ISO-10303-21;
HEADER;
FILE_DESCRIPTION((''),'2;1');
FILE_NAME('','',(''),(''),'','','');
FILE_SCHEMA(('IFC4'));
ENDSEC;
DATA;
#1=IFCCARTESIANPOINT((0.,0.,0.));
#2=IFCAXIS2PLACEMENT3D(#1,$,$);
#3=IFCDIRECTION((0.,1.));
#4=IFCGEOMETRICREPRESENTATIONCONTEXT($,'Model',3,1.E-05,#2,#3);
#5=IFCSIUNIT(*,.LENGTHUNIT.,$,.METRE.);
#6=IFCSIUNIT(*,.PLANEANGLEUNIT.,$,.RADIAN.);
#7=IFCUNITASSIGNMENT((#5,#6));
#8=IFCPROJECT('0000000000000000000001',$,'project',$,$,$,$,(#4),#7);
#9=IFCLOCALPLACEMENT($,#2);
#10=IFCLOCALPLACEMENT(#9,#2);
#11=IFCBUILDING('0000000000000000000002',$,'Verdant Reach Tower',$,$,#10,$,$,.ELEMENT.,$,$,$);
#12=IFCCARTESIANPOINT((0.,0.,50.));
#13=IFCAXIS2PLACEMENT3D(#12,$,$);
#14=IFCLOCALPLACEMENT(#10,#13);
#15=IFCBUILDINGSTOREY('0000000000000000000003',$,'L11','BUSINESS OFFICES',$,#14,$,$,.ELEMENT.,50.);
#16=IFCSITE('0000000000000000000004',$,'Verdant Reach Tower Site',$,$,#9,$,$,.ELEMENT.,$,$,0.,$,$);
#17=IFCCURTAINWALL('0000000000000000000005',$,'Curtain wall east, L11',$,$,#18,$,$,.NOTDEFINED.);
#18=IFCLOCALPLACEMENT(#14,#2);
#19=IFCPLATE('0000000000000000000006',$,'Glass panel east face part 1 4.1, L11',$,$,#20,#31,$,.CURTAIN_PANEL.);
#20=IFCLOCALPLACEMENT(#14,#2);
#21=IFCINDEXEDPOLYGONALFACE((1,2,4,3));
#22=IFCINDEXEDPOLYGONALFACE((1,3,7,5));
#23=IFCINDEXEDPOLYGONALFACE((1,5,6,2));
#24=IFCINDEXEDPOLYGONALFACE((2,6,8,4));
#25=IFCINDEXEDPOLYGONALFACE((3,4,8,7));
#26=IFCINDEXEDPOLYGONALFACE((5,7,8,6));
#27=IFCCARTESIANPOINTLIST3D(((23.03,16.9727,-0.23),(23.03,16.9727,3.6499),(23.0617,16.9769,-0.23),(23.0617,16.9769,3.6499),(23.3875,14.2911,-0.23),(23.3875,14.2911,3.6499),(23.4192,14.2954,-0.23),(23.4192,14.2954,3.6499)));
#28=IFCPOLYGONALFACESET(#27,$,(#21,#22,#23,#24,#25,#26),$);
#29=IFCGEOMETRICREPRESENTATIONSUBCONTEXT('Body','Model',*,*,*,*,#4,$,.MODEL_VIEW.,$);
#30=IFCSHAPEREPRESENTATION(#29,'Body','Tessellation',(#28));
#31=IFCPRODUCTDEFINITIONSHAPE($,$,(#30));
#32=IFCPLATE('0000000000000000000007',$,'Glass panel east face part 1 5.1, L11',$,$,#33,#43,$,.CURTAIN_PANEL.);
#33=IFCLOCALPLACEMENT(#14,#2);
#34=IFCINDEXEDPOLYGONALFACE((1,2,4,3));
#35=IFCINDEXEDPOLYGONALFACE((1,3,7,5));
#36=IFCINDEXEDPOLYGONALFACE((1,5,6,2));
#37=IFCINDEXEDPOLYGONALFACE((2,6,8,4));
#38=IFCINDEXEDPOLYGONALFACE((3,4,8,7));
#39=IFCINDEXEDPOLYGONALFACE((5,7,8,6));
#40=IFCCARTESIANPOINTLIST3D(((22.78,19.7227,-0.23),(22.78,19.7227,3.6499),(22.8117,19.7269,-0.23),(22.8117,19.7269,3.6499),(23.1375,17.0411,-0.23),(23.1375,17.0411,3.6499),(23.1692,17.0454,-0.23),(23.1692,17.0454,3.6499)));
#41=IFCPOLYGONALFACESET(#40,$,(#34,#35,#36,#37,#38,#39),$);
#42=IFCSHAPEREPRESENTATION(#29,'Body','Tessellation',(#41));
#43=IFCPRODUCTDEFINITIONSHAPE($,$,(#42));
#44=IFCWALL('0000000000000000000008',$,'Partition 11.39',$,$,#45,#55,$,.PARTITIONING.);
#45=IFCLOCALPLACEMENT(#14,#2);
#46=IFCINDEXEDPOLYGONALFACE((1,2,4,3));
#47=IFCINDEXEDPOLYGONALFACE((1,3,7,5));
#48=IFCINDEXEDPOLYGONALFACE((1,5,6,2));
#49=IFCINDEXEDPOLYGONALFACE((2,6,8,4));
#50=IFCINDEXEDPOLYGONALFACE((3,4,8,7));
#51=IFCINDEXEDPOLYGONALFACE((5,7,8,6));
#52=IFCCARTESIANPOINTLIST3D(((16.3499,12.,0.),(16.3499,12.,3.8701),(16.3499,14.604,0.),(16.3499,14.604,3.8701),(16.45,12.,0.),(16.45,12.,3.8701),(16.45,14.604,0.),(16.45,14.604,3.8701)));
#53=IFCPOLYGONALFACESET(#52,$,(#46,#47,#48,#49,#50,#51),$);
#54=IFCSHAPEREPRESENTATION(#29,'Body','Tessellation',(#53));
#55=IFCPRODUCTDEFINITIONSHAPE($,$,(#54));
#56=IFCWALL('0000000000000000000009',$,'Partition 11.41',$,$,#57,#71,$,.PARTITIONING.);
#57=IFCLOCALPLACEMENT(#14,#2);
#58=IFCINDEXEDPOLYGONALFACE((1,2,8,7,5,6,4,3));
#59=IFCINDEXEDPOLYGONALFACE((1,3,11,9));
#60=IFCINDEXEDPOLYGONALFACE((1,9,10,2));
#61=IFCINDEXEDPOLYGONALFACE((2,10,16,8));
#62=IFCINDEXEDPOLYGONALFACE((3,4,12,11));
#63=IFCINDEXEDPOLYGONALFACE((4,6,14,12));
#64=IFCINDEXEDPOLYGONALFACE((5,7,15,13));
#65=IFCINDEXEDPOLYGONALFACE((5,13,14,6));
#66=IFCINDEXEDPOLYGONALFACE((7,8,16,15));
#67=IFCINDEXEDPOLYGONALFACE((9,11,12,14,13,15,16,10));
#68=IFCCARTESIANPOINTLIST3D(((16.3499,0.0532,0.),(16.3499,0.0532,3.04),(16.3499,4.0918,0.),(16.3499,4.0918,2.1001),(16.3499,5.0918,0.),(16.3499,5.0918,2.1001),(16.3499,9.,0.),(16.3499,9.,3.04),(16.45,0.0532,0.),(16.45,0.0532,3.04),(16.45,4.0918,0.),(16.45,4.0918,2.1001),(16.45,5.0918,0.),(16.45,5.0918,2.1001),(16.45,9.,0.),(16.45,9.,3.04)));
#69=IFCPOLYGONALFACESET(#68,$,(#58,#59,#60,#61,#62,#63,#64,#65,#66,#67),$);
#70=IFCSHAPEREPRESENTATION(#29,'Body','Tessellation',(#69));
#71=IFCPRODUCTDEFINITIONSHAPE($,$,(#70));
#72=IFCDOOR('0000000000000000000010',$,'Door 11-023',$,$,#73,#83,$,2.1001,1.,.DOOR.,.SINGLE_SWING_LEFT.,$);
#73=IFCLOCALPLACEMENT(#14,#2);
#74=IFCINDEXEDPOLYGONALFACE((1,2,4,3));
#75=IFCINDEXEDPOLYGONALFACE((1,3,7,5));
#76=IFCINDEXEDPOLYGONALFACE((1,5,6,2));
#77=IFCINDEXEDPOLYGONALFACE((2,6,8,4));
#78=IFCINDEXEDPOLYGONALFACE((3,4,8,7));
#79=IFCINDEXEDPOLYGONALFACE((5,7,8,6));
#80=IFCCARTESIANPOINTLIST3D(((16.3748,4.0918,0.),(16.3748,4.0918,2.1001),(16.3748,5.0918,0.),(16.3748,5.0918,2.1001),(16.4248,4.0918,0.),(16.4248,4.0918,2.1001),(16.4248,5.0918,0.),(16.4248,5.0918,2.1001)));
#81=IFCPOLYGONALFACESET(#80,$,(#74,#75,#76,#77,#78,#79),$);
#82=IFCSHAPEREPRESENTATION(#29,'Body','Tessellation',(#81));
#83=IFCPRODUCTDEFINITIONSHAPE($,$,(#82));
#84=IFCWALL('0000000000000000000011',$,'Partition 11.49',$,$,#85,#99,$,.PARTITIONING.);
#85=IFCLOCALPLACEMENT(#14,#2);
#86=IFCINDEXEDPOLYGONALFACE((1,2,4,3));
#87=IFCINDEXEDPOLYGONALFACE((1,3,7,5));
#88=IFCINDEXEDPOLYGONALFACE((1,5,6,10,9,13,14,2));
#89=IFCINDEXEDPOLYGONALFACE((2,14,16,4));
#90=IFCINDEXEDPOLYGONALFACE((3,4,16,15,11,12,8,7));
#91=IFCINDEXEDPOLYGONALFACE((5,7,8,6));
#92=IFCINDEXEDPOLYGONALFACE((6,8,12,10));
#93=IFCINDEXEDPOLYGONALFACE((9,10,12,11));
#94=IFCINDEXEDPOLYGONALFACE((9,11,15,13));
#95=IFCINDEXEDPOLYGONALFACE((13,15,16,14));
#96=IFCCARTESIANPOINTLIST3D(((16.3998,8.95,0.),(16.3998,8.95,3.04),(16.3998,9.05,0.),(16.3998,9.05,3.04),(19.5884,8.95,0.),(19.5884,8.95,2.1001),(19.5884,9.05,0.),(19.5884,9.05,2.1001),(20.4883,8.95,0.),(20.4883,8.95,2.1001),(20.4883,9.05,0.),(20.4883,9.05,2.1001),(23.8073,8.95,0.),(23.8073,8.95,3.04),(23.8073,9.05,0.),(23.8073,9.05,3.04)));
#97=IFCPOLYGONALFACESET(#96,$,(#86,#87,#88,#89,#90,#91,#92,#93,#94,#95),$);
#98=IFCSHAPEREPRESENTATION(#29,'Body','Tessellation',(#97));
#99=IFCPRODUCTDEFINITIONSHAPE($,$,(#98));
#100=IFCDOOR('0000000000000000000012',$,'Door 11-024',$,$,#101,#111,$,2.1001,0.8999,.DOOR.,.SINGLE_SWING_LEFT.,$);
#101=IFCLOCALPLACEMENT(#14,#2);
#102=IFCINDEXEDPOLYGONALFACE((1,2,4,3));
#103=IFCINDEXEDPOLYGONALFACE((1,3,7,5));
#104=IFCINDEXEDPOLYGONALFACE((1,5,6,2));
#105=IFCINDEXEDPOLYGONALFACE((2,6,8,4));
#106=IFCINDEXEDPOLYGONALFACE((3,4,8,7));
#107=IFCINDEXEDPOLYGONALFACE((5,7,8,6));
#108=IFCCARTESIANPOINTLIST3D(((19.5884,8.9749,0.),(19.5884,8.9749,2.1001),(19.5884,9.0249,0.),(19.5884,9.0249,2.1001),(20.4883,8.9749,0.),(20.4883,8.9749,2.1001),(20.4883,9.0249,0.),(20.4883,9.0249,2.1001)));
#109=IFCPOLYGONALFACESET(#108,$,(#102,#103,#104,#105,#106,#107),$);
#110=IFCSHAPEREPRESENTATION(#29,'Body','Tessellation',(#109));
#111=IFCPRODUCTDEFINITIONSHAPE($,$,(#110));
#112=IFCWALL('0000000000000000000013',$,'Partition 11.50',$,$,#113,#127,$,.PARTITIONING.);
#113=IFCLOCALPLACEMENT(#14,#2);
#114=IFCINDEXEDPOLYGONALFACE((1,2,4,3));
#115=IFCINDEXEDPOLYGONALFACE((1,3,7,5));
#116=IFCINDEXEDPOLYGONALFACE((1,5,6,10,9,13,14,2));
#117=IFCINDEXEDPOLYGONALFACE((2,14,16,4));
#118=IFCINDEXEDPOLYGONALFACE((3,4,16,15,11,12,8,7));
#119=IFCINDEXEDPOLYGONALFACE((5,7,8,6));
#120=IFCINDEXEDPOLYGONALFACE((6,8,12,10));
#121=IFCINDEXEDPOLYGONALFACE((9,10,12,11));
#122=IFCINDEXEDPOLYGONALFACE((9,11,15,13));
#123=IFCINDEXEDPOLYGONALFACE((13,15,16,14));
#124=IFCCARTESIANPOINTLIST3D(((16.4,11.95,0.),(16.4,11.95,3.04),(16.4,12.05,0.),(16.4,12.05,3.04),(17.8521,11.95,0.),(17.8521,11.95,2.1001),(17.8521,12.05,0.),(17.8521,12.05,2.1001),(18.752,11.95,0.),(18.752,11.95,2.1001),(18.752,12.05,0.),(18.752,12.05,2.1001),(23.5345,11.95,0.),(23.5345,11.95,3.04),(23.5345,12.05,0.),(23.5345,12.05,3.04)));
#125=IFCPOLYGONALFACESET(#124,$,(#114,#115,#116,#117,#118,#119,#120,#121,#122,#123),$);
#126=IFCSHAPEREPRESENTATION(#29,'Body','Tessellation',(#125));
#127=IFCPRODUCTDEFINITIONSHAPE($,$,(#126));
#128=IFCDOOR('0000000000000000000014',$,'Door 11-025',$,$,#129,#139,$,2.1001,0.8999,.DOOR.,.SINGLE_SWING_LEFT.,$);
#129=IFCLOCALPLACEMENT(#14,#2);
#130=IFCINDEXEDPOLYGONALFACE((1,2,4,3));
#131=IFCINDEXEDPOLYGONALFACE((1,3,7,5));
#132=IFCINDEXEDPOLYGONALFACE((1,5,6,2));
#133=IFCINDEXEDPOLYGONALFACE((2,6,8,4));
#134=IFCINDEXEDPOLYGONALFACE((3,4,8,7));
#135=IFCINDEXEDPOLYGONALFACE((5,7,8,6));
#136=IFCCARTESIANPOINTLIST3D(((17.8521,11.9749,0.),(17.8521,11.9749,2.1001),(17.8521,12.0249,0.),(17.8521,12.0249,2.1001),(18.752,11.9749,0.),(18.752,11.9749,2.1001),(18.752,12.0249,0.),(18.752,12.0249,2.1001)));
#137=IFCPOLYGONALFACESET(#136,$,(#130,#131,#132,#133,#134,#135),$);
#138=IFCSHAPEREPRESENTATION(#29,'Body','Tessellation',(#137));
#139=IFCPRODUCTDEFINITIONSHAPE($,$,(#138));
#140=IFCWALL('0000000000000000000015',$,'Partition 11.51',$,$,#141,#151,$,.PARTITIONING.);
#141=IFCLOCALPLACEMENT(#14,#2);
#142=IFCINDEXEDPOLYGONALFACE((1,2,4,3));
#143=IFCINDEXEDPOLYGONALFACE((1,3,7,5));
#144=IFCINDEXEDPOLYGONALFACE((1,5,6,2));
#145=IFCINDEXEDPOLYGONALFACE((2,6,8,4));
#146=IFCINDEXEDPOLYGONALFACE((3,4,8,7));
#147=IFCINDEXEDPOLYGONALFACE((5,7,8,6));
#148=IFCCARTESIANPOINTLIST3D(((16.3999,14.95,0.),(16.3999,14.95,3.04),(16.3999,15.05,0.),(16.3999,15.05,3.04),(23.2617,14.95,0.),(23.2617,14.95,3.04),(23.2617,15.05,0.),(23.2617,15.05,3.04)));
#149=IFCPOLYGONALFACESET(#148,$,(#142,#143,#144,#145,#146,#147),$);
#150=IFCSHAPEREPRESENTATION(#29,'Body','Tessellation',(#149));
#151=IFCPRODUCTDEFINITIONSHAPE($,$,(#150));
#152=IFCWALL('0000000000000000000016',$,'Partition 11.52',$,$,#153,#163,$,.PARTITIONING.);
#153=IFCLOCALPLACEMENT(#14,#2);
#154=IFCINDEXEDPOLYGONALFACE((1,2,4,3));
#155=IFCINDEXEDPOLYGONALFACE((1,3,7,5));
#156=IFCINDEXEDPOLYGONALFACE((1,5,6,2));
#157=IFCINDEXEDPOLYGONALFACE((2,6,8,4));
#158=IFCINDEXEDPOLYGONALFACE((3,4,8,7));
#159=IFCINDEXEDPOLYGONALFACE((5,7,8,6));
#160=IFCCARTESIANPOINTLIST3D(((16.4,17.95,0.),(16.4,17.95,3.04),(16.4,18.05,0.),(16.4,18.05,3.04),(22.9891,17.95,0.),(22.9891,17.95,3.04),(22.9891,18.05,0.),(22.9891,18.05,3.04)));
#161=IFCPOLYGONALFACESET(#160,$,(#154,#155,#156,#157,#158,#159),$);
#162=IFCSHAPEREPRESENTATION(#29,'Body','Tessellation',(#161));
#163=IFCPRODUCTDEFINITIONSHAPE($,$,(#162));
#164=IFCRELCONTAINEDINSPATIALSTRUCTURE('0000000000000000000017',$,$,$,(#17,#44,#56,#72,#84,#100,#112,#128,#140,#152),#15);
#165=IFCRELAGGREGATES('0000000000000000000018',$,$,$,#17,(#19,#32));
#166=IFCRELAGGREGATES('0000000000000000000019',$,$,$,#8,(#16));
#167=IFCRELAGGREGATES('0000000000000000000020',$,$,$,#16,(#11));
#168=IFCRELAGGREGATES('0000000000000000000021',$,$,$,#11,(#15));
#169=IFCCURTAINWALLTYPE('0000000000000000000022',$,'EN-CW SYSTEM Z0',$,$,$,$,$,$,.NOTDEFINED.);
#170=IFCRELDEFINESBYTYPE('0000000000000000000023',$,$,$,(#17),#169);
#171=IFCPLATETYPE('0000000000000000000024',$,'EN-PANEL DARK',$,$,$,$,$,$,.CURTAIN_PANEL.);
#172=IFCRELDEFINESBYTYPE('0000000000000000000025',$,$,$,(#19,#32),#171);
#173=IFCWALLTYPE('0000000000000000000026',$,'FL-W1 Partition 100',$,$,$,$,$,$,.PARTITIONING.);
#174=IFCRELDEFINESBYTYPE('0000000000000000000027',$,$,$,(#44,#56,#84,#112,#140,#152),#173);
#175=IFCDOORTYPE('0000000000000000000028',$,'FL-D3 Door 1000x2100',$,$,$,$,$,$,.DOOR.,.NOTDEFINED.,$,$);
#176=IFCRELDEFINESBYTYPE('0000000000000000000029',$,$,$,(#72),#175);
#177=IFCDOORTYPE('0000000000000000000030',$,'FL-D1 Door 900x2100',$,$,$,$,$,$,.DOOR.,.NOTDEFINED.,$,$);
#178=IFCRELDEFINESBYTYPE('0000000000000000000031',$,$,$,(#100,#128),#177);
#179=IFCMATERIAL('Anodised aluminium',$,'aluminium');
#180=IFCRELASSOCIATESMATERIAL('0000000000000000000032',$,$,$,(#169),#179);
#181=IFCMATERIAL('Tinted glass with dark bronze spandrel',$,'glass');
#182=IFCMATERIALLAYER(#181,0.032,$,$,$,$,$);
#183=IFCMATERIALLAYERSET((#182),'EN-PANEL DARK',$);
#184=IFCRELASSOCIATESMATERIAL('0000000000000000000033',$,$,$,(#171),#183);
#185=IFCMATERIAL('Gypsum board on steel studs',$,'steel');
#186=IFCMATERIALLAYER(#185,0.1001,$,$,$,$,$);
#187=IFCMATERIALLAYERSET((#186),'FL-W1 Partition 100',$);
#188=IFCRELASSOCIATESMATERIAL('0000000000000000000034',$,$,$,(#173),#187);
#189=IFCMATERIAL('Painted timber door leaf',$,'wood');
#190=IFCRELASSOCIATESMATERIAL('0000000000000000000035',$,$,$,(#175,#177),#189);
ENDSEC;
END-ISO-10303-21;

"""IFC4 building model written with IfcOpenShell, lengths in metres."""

from ifc_helpers import new_model, si_unit, direction, frame, frame_2d, origin, origin_2d, place, context, subcontext, project, spatial, rectangle, extrude, material, layer, layer_set, type_object, element, fill, aggregate, save


model = new_model("IFC4")

# Units and contexts
model_context = context("Model", 3, precision=1e-05, world=origin(), true_north=direction((0.0, 1.0)))
body_context = subcontext(model_context, "Body", "Model", "MODEL_VIEW")
ifc_project = project(units=[si_unit("LENGTHUNIT", "METRE"), si_unit("PLANEANGLEUNIT", "RADIAN")], contexts=[model_context])

# Site, building, storey
site_placement = place(None, origin())
site = spatial("IfcSite", under=ifc_project, at=site_placement, Name="Verdant Reach Tower Site", CompositionType="ELEMENT", RefElevation=0.0)
building_placement = place(site_placement, origin())
building = spatial("IfcBuilding", under=site, at=building_placement, Name="Verdant Reach Tower", CompositionType="ELEMENT")
storey_placement = place(building_placement, frame((0.0, 0.0, 50.0)))
storey = spatial("IfcBuildingStorey", under=building, at=storey_placement, Name="L11", Description="BUSINESS OFFICES", CompositionType="ELEMENT", Elevation=50.0)

# Curtain wall
ifc_material_1 = material(Name="Anodised aluminium", Category="aluminium")
curtain_wall_type = type_object("IfcCurtainWallType", Name="EN-CW SYSTEM Z0", PredefinedType="NOTDEFINED", material=ifc_material_1)
curtain_wall_placement = place(storey_placement, origin())
curtain_wall = element("IfcCurtainWall", 1, at=curtain_wall_placement, inside=storey, type_object=curtain_wall_type, Name="Curtain wall east, L11", PredefinedType="NOTDEFINED")

# Plates
ifc_material_2 = material(Name="Tinted glass with dark bronze spandrel", Category="glass")
ifc_layer_1 = layer(ifc_material_2, 0.032)
ifc_layer_set_1 = layer_set([ifc_layer_1], Name="EN-PANEL DARK")
plate_type_1 = type_object("IfcPlateType", Name="EN-PANEL DARK", PredefinedType="CURTAIN_PANEL", material=ifc_layer_set_1)
plate_1_placement = place(storey_placement, frame((23.2246, 15.634, -0.23), z_axis=(0.0, 0.0, 1.0), x_axis=(-0.13216, 0.991228, 0.0)))
plate_1 = element("IfcPlate", 2, at=plate_1_placement, type_object=plate_type_1, Name="Glass panel east face part 1 4.1, L11", PredefinedType="CURTAIN_PANEL", context=body_context, shape_type="SweptSolid", body=[
    extrude(rectangle(XDim=2.7053, YDim=0.032, at=origin_2d()), origin(), (0.0, 0.0, 1.0), 3.8799),
])
plate_2_placement = place(storey_placement, frame((22.9746, 18.384, -0.23), z_axis=(0.0, 0.0, 1.0), x_axis=(-0.13216, 0.991228, 0.0)))
plate_2 = element("IfcPlate", 3, at=plate_2_placement, type_object=plate_type_1, Name="Glass panel east face part 1 5.1, L11", PredefinedType="CURTAIN_PANEL", context=body_context, shape_type="SweptSolid", body=[
    extrude(rectangle(XDim=2.7053, YDim=0.032, at=origin_2d()), origin(), (0.0, 0.0, 1.0), 3.8799),
])
aggregate(curtain_wall, [plate_1, plate_2])

# Wall
ifc_material_3 = material(Name="Gypsum board on steel studs", Category="steel")
ifc_layer_2 = layer(ifc_material_3, 0.1001)
ifc_layer_set_2 = layer_set([ifc_layer_2], Name="FL-W1 Partition 100")
wall_type_1 = type_object("IfcWallType", Name="FL-W1 Partition 100", PredefinedType="PARTITIONING", material=ifc_layer_set_2)
wall_1_placement = place(storey_placement, frame((16.3999, 12.0, 0.0), z_axis=(0.0, 0.0, 1.0), x_axis=(0.0, 1.0, 0.0)))
element("IfcWall", 4, at=wall_1_placement, inside=storey, type_object=wall_type_1, Name="Partition 11.39", PredefinedType="PARTITIONING", context=body_context, shape_type="SweptSolid", body=[
    extrude(rectangle(XDim=2.604, YDim=0.1001, at=frame_2d((1.302, 0.0))), origin(), (0.0, 0.0, 1.0), 3.8701),
])

# Walls, openings, doors
wall_2_placement = place(storey_placement, frame((16.3999, 9.0, 0.0), z_axis=(0.0, 0.0, 1.0), x_axis=(0.0, -1.0, 0.0)))
wall_2 = element("IfcWall", 5, at=wall_2_placement, inside=storey, type_object=wall_type_1, Name="Partition 11.41", PredefinedType="PARTITIONING", context=body_context, shape_type="SweptSolid", body=[
    extrude(rectangle(XDim=8.9468, YDim=0.1001, at=frame_2d((4.4734, 0.0))), origin(), (0.0, 0.0, 1.0), 3.04),
])
opening_1_placement = place(wall_2_placement, frame((3.9082, 0.0, 0.0)))
opening_1 = element("IfcOpeningElement", 6, at=opening_1_placement, cuts=wall_2, PredefinedType="OPENING", context=body_context, shape_type="SweptSolid", body=[
    extrude(rectangle(XDim=1.0, YDim=2.1001, at=frame_2d((0.5, 1.05))), frame((0.0, 0.0601, 0.0), z_axis=(0.0, -1.0, 0.0), x_axis=(1.0, 0.0, 0.0)), (0.0, 0.0, 1.0), 0.1201),
])
ifc_material_4 = material(Name="Painted timber door leaf", Category="wood")
door_type_1 = type_object("IfcDoorType", Name="FL-D3 Door 1000x2100", OperationType="NOTDEFINED", PredefinedType="DOOR", material=ifc_material_4)
door_1_placement = place(opening_1_placement, origin())
door_1 = element("IfcDoor", 7, at=door_1_placement, inside=storey, type_object=door_type_1, Name="Door 11-023", OperationType="SINGLE_SWING_LEFT", OverallHeight=2.1001, OverallWidth=1.0, PredefinedType="DOOR", context=body_context, shape_type="SweptSolid", body=[
    extrude(rectangle(XDim=1.0, YDim=2.1001, at=frame_2d((0.5, 1.05))), frame((0.0, 0.0249, 0.0), z_axis=(0.0, -1.0, 0.0), x_axis=(1.0, 0.0, 0.0)), (0.0, 0.0, 1.0), 0.05),
])
fill(opening_1, door_1)
wall_3_placement = place(storey_placement, frame((16.3999, 9.0, 0.0), z_axis=(0.0, 0.0, 1.0), x_axis=(1.0, 0.0, 0.0)))
wall_3 = element("IfcWall", 8, at=wall_3_placement, inside=storey, type_object=wall_type_1, Name="Partition 11.49", PredefinedType="PARTITIONING", context=body_context, shape_type="SweptSolid", body=[
    extrude(rectangle(XDim=7.4075, YDim=0.1001, at=frame_2d((3.7036, 0.0))), origin(), (0.0, 0.0, 1.0), 3.04),
])
opening_2_placement = place(wall_3_placement, frame((3.1885, 0.0, 0.0)))
opening_2 = element("IfcOpeningElement", 9, at=opening_2_placement, cuts=wall_3, PredefinedType="OPENING", context=body_context, shape_type="SweptSolid", body=[
    extrude(rectangle(XDim=0.8999, YDim=2.1001, at=frame_2d((0.45, 1.05))), frame((0.0, 0.0601, 0.0), z_axis=(0.0, -1.0, 0.0), x_axis=(1.0, 0.0, 0.0)), (0.0, 0.0, 1.0), 0.1201),
])
door_type_2 = type_object("IfcDoorType", Name="FL-D1 Door 900x2100", OperationType="NOTDEFINED", PredefinedType="DOOR", material=ifc_material_4)
door_2_placement = place(opening_2_placement, origin())
door_2 = element("IfcDoor", 10, at=door_2_placement, inside=storey, type_object=door_type_2, Name="Door 11-024", OperationType="SINGLE_SWING_LEFT", OverallHeight=2.1001, OverallWidth=0.8999, PredefinedType="DOOR", context=body_context, shape_type="SweptSolid", body=[
    extrude(rectangle(XDim=0.8999, YDim=2.1001, at=frame_2d((0.45, 1.05))), frame((0.0, 0.0249, 0.0), z_axis=(0.0, -1.0, 0.0), x_axis=(1.0, 0.0, 0.0)), (0.0, 0.0, 1.0), 0.05),
])
fill(opening_2, door_2)
wall_4_placement = place(storey_placement, frame((16.3999, 12.0, 0.0), z_axis=(0.0, 0.0, 1.0), x_axis=(1.0, 0.0, 0.0)))
wall_4 = element("IfcWall", 11, at=wall_4_placement, inside=storey, type_object=wall_type_1, Name="Partition 11.50", PredefinedType="PARTITIONING", context=body_context, shape_type="SweptSolid", body=[
    extrude(rectangle(XDim=7.1345, YDim=0.1001, at=frame_2d((3.5674, 0.0))), origin(), (0.0, 0.0, 1.0), 3.04),
])
opening_3_placement = place(wall_4_placement, frame((1.4521, 0.0, 0.0)))
opening_3 = element("IfcOpeningElement", 12, at=opening_3_placement, cuts=wall_4, PredefinedType="OPENING", context=body_context, shape_type="SweptSolid", body=[
    extrude(rectangle(XDim=0.8999, YDim=2.1001, at=frame_2d((0.45, 1.05))), frame((0.0, 0.0601, 0.0), z_axis=(0.0, -1.0, 0.0), x_axis=(1.0, 0.0, 0.0)), (0.0, 0.0, 1.0), 0.1201),
])
door_3_placement = place(opening_3_placement, origin())
door_3 = element("IfcDoor", 13, at=door_3_placement, inside=storey, type_object=door_type_2, Name="Door 11-025", OperationType="SINGLE_SWING_LEFT", OverallHeight=2.1001, OverallWidth=0.8999, PredefinedType="DOOR", context=body_context, shape_type="SweptSolid", body=[
    extrude(rectangle(XDim=0.8999, YDim=2.1001, at=frame_2d((0.45, 1.05))), frame((0.0, 0.0249, 0.0), z_axis=(0.0, -1.0, 0.0), x_axis=(1.0, 0.0, 0.0)), (0.0, 0.0, 1.0), 0.05),
])
fill(opening_3, door_3)

# Walls
wall_5_placement = place(storey_placement, frame((23.2617, 15.0, 0.0), z_axis=(0.0, 0.0, 1.0), x_axis=(-1.0, 0.0, 0.0)))
element("IfcWall", 14, at=wall_5_placement, inside=storey, type_object=wall_type_1, Name="Partition 11.51", PredefinedType="PARTITIONING", context=body_context, shape_type="SweptSolid", body=[
    extrude(rectangle(XDim=6.8618, YDim=0.1001, at=frame_2d((3.4309, 0.0))), origin(), (0.0, 0.0, 1.0), 3.04),
])
wall_6_placement = place(storey_placement, frame((22.989, 18.0, 0.0), z_axis=(0.0, 0.0, 1.0), x_axis=(-1.0, 0.0, 0.0)))
element("IfcWall", 15, at=wall_6_placement, inside=storey, type_object=wall_type_1, Name="Partition 11.52", PredefinedType="PARTITIONING", context=body_context, shape_type="SweptSolid", body=[
    extrude(rectangle(XDim=6.5891, YDim=0.1001, at=frame_2d((3.2944, 0.0))), origin(), (0.0, 0.0, 1.0), 3.04),
])

save(model, "model.ifc")
